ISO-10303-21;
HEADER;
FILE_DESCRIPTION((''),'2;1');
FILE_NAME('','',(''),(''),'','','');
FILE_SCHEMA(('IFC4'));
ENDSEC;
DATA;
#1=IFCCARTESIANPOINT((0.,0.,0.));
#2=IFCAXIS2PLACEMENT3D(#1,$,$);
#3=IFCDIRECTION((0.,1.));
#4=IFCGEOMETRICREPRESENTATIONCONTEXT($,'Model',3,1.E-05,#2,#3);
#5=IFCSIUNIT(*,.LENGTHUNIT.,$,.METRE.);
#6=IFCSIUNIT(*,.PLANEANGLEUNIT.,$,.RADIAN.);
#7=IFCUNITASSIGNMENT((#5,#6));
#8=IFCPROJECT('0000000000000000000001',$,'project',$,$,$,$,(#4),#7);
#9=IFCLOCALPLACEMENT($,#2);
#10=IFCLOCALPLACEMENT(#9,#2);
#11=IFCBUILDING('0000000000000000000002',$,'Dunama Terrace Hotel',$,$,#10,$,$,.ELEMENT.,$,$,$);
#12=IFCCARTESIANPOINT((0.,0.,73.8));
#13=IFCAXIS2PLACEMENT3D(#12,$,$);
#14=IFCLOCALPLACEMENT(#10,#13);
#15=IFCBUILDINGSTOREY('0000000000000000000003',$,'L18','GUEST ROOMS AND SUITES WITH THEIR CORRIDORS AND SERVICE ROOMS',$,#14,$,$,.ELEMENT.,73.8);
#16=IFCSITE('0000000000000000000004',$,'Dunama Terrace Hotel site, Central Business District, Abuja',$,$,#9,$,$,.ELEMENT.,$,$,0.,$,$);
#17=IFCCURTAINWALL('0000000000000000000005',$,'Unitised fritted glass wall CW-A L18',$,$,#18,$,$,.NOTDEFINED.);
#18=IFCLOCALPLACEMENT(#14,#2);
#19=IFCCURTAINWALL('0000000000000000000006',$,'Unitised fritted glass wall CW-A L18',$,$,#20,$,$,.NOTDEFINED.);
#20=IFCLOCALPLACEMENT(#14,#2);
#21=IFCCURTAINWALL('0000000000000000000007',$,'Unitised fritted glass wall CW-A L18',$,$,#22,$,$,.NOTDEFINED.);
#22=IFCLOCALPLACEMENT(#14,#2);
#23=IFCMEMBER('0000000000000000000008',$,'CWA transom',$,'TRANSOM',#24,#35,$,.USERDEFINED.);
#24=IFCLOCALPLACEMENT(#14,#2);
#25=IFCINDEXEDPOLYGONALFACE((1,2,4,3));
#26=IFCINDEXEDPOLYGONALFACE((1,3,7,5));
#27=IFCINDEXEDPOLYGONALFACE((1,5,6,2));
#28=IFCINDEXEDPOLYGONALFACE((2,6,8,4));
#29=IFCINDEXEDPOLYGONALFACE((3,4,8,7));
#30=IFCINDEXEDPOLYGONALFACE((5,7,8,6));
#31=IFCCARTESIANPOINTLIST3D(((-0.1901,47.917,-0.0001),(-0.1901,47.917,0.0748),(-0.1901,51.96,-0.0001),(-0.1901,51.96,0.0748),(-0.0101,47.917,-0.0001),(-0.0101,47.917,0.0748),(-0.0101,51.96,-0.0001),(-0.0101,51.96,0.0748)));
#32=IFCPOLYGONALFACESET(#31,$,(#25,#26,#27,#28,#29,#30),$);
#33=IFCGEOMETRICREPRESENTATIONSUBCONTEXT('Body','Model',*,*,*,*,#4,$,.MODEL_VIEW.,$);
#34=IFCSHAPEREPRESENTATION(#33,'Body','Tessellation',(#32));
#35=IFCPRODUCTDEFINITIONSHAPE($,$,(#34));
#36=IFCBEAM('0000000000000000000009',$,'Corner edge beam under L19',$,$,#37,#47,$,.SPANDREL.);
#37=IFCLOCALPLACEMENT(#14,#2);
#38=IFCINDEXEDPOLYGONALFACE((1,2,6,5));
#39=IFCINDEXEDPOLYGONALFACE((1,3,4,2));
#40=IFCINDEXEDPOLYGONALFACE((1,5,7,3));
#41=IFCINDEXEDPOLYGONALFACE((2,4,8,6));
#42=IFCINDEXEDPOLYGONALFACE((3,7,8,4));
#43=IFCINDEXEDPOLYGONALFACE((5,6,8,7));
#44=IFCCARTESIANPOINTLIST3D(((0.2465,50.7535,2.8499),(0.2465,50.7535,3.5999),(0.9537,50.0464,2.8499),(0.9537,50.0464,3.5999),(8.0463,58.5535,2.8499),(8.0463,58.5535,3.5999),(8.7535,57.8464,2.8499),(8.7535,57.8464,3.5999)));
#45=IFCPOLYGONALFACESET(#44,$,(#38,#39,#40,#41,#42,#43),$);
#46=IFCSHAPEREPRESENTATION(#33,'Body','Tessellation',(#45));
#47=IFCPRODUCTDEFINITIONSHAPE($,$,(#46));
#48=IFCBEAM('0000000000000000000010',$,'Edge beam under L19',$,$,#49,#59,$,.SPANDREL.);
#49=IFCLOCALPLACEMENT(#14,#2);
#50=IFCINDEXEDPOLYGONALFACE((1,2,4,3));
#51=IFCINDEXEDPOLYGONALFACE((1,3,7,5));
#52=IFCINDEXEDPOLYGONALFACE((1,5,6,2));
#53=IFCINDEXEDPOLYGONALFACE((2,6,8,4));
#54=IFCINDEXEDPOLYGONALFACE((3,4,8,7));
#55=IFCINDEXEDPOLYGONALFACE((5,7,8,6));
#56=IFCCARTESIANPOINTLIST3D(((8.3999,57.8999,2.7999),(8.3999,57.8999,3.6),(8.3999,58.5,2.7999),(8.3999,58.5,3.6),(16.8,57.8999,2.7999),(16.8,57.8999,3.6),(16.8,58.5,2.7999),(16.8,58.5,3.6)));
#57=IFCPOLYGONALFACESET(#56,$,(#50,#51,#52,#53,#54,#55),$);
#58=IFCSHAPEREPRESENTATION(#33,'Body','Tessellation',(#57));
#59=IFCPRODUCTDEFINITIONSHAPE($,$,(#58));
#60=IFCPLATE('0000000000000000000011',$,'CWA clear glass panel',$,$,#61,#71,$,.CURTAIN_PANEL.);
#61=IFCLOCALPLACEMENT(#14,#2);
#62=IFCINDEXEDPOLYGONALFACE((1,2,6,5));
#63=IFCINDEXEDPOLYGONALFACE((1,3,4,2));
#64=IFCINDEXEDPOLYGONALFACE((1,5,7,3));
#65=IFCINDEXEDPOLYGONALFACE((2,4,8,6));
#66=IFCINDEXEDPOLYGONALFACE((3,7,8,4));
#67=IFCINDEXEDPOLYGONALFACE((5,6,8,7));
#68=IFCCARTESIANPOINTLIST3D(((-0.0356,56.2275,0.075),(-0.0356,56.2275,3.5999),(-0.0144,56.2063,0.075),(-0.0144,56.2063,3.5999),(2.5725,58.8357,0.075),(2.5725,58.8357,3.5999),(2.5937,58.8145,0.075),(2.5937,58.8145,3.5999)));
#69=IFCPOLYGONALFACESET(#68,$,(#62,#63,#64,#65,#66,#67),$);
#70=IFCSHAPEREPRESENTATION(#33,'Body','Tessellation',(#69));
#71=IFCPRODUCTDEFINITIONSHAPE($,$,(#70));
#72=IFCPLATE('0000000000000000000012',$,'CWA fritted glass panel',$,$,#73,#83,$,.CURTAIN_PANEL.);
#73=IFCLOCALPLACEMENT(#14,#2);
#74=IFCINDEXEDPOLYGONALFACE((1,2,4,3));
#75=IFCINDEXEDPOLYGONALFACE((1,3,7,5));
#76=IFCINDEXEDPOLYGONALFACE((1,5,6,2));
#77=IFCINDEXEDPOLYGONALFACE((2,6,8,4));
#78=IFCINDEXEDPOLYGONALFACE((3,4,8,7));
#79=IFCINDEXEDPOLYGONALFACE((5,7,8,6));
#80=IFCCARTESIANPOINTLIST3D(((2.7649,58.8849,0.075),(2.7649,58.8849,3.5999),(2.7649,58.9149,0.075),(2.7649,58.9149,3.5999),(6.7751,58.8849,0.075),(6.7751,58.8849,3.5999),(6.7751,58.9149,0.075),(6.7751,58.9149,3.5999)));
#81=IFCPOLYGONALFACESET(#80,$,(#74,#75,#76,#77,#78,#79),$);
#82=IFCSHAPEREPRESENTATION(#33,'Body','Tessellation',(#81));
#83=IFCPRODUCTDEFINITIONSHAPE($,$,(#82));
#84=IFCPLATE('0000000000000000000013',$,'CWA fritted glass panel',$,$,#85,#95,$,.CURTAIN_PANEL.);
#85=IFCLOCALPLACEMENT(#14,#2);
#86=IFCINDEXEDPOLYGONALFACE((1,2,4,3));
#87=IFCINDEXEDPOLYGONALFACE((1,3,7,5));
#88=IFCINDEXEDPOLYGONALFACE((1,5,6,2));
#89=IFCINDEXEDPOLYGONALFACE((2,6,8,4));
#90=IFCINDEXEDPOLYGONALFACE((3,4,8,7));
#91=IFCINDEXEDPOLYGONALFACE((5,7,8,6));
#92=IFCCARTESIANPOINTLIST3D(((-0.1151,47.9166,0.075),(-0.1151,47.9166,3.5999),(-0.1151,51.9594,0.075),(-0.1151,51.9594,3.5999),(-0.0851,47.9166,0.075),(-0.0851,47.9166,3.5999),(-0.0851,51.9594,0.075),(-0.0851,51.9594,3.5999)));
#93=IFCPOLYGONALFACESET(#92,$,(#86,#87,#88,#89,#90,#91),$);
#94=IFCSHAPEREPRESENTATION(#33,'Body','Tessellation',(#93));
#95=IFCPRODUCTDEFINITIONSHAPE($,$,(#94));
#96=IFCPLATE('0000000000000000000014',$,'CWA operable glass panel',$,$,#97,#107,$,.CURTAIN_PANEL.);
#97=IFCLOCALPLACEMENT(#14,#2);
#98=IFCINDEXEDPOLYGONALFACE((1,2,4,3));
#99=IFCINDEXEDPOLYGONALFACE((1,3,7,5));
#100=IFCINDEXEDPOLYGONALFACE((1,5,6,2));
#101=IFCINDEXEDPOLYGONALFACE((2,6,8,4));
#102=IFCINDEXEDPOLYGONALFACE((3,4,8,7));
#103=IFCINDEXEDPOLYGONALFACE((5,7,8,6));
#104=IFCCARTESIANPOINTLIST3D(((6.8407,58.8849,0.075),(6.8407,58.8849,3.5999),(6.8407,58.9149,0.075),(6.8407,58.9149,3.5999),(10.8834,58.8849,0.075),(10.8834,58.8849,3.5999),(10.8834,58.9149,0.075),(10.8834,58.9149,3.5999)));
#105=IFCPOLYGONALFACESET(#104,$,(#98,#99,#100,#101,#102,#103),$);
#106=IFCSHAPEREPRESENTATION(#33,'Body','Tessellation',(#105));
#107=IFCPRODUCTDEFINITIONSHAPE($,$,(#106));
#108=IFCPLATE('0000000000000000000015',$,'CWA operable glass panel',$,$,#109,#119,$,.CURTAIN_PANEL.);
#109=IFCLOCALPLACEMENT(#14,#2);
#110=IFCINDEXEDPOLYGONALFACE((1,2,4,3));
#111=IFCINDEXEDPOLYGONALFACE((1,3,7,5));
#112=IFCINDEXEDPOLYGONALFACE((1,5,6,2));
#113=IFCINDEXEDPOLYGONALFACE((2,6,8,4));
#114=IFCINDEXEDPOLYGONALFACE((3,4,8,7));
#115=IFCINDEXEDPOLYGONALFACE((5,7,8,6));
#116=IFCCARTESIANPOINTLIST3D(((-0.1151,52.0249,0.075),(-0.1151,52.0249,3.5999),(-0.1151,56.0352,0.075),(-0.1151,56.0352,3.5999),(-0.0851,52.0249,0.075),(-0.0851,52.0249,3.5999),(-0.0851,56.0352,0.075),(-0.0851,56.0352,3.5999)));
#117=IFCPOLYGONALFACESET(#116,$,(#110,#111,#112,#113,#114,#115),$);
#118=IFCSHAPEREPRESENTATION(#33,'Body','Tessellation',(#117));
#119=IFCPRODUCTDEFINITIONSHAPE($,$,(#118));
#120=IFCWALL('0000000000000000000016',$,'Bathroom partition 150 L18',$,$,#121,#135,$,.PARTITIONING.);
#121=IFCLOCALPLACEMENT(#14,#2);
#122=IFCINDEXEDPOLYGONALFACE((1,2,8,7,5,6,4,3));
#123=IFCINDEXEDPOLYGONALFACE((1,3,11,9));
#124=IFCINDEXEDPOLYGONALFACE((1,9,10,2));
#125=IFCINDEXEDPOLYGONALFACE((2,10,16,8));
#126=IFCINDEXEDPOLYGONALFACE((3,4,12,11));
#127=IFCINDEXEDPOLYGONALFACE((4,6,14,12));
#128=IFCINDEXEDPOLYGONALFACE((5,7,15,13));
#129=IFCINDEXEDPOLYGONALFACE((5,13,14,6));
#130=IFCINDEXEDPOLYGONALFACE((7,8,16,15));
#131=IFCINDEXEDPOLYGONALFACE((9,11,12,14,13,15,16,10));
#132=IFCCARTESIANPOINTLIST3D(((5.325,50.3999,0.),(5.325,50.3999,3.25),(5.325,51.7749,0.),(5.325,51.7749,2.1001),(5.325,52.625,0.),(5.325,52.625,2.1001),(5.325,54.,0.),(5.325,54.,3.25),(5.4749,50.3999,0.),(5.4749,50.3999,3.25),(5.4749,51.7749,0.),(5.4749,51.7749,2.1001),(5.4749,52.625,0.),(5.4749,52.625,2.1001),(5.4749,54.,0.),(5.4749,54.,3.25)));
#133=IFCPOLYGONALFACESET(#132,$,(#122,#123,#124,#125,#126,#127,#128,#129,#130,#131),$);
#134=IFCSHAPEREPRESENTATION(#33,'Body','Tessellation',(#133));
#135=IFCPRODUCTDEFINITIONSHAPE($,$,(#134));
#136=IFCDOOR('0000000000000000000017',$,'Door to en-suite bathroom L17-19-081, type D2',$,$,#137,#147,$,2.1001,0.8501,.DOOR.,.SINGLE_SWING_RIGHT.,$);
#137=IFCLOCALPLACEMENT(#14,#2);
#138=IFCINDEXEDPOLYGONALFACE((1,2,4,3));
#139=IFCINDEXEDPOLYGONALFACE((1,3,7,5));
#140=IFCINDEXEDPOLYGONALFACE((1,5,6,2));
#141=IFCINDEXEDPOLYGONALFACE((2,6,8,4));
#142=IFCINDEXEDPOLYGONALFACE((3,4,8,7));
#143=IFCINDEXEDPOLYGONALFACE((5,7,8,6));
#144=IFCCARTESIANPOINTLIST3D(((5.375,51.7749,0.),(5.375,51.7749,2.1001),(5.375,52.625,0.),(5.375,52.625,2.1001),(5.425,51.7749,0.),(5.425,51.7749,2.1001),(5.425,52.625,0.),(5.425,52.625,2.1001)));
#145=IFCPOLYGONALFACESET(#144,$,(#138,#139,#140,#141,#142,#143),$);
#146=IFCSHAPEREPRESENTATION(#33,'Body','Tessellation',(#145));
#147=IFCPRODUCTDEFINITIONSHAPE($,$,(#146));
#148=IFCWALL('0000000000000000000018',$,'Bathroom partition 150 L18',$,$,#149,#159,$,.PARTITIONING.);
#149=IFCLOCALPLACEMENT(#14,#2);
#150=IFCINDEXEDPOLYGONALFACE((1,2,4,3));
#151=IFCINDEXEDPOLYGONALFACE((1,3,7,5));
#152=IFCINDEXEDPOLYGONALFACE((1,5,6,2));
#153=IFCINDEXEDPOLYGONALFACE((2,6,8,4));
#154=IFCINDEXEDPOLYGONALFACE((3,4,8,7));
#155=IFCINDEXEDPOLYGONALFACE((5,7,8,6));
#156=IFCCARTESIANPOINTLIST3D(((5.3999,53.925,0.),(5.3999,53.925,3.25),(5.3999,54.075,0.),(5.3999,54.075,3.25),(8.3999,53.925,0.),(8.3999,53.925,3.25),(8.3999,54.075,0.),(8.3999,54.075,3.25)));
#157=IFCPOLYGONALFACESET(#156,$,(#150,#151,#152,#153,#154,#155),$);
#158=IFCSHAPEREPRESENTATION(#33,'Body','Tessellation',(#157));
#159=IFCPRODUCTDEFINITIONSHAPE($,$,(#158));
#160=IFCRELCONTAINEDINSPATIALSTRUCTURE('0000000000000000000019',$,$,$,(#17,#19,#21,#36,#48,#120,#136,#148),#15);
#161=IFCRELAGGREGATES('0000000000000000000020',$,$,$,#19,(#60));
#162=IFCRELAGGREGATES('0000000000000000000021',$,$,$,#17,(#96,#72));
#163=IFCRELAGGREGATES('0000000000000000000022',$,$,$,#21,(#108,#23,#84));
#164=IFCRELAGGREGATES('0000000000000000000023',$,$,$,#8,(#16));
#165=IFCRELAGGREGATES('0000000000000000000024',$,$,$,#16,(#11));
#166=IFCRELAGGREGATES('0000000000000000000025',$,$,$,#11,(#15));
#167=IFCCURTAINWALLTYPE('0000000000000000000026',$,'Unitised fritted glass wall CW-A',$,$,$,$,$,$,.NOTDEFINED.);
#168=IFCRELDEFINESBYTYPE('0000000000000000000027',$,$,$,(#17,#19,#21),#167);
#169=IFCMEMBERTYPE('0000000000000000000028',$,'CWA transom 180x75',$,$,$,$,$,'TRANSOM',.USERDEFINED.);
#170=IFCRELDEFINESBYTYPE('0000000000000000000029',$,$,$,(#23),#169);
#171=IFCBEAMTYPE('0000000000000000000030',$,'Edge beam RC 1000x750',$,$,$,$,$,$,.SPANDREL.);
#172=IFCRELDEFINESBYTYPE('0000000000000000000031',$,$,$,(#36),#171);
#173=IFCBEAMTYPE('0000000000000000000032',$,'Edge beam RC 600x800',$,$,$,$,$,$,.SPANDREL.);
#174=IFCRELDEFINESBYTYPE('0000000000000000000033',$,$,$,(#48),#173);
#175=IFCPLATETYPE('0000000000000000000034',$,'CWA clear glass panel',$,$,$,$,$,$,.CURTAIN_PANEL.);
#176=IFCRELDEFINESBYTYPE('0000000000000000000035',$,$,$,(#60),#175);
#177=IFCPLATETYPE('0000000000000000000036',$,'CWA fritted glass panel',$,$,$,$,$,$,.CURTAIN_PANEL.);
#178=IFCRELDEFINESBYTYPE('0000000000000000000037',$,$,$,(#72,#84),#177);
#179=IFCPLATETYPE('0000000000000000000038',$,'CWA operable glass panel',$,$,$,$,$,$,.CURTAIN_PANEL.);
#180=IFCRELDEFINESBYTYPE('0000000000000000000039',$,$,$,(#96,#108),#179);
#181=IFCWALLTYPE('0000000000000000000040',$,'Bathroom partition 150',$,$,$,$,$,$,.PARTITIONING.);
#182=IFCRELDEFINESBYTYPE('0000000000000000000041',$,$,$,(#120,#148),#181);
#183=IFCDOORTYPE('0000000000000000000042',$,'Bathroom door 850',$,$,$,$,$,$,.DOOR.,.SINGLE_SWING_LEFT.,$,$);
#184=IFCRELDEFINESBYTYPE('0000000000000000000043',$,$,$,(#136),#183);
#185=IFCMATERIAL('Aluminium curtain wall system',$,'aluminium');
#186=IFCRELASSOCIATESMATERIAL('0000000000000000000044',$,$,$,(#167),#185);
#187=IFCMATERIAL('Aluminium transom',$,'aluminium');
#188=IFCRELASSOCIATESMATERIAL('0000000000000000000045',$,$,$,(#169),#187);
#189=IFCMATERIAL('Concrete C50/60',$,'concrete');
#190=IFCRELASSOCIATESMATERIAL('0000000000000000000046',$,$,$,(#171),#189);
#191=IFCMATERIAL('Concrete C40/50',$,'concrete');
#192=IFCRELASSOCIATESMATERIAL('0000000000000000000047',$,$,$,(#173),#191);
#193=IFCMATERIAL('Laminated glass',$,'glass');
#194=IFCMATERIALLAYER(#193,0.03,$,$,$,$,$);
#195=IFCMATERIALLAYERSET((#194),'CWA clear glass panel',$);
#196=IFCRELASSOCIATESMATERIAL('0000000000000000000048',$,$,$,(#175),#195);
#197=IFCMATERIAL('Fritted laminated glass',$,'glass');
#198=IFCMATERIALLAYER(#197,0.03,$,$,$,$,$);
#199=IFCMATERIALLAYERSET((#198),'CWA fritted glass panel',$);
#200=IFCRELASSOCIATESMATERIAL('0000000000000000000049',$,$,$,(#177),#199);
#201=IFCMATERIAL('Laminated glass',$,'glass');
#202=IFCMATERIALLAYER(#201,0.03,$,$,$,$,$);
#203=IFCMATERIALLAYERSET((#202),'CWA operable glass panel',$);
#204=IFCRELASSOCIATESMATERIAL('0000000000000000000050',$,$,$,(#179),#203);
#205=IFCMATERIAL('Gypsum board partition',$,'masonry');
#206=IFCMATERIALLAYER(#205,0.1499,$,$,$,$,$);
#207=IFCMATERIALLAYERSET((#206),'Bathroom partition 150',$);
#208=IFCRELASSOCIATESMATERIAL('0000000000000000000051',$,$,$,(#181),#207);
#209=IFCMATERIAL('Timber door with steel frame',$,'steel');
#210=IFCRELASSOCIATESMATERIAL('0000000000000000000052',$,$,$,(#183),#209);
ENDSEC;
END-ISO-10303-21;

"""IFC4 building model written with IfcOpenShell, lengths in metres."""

from ifc_helpers import new_model, si_unit, direction, frame, frame_2d, origin, origin_2d, place, context, subcontext, project, spatial, rectangle, extrude, material, layer, layer_set, material_profile, profile_set, type_object, element, fill, aggregate, save


model = new_model("IFC4")

# Units and contexts
model_context = context("Model", 3, precision=1e-05, world=origin(), true_north=direction((0.0, 1.0)))
body_context = subcontext(model_context, "Body", "Model", "MODEL_VIEW")
ifc_project = project(units=[si_unit("LENGTHUNIT", "METRE"), si_unit("PLANEANGLEUNIT", "RADIAN")], contexts=[model_context])

# Site, building, storey
site_placement = place(None, origin())
site = spatial("IfcSite", under=ifc_project, at=site_placement, Name="Dunama Terrace Hotel site, Central Business District, Abuja", CompositionType="ELEMENT", RefElevation=0.0)
building_placement = place(site_placement, origin())
building = spatial("IfcBuilding", under=site, at=building_placement, Name="Dunama Terrace Hotel", CompositionType="ELEMENT")
storey_placement = place(building_placement, frame((0.0, 0.0, 73.8)))
storey = spatial("IfcBuildingStorey", under=building, at=storey_placement, Name="L18", Description="GUEST ROOMS AND SUITES WITH THEIR CORRIDORS AND SERVICE ROOMS", CompositionType="ELEMENT", Elevation=73.8)

# Curtain walls
ifc_material_1 = material(Name="Aluminium curtain wall system", Category="aluminium")
curtain_wall_type = type_object("IfcCurtainWallType", Name="Unitised fritted glass wall CW-A", PredefinedType="NOTDEFINED", material=ifc_material_1)
curtain_wall_1_placement = place(storey_placement, origin())
curtain_wall_1 = element("IfcCurtainWall", 1, at=curtain_wall_1_placement, inside=storey, type_object=curtain_wall_type, Name="Unitised fritted glass wall CW-A L18", PredefinedType="NOTDEFINED")
curtain_wall_2_placement = place(storey_placement, origin())
curtain_wall_2 = element("IfcCurtainWall", 2, at=curtain_wall_2_placement, inside=storey, type_object=curtain_wall_type, Name="Unitised fritted glass wall CW-A L18", PredefinedType="NOTDEFINED")
curtain_wall_3_placement = place(storey_placement, origin())
curtain_wall_3 = element("IfcCurtainWall", 3, at=curtain_wall_3_placement, inside=storey, type_object=curtain_wall_type, Name="Unitised fritted glass wall CW-A L18", PredefinedType="NOTDEFINED")

# Member
ifc_material_2 = material(Name="Aluminium transom", Category="aluminium")
ifc_material_profile_1 = material_profile(ifc_material_2, rectangle(XDim=0.1799, YDim=0.075, at=origin_2d()), Name="CWA TRANSOM 180X75")
ifc_profile_set_1 = profile_set([ifc_material_profile_1], Name="Aluminium transom")
member_type_1 = type_object("IfcMemberType", Name="CWA transom 180x75", ElementType="TRANSOM", PredefinedType="USERDEFINED", material=ifc_profile_set_1)
member_1_placement = place(storey_placement, frame((-0.1001, 51.96, 0.0374), z_axis=(0.0, -1.0, 0.0), x_axis=(1.0, 0.0, 0.0)))
member_1 = element("IfcMember", 4, at=member_1_placement, type_object=member_type_1, Name="CWA transom", ObjectType="TRANSOM", PredefinedType="USERDEFINED", context=body_context, shape_type="SweptSolid", body=[
    extrude(rectangle(XDim=0.1799, YDim=0.075, at=origin_2d()), origin(), (0.0, 0.0, 1.0), 4.043),
])

# Beams
ifc_material_3 = material(Name="Concrete C50/60", Category="concrete")
ifc_material_profile_2 = material_profile(ifc_material_3, rectangle(XDim=1.0, YDim=0.75, at=origin_2d()), Name="RC 1000x750")
ifc_profile_set_2 = profile_set([ifc_material_profile_2], Name="Concrete C50/60")
beam_type_1 = type_object("IfcBeamType", Name="Edge beam RC 1000x750", PredefinedType="SPANDREL", material=ifc_profile_set_2)
beam_1_placement = place(storey_placement, frame((8.3999, 58.2, 3.2249), z_axis=(-0.707096, -0.707118, 0.0), x_axis=(0.707118, -0.707096, 0.0)))
element("IfcBeam", 5, at=beam_1_placement, inside=storey, type_object=beam_type_1, Name="Corner edge beam under L19", PredefinedType="SPANDREL", context=body_context, shape_type="SweptSolid", body=[
    extrude(rectangle(XDim=1.0, YDim=0.75, at=origin_2d()), origin(), (0.0, 0.0, 1.0), 11.0308),
])
ifc_material_4 = material(Name="Concrete C40/50", Category="concrete")
ifc_material_profile_3 = material_profile(ifc_material_4, rectangle(XDim=0.6001, YDim=0.8, at=origin_2d()), Name="RC 600x800")
ifc_profile_set_3 = profile_set([ifc_material_profile_3], Name="Concrete C40/50")
beam_type_2 = type_object("IfcBeamType", Name="Edge beam RC 600x800", PredefinedType="SPANDREL", material=ifc_profile_set_3)
beam_2_placement = place(storey_placement, frame((8.3999, 58.2, 3.2), z_axis=(1.0, 0.0, 0.0), x_axis=(0.0, 1.0, 0.0)))
element("IfcBeam", 6, at=beam_2_placement, inside=storey, type_object=beam_type_2, Name="Edge beam under L19", PredefinedType="SPANDREL", context=body_context, shape_type="SweptSolid", body=[
    extrude(rectangle(XDim=0.6001, YDim=0.8, at=origin_2d()), origin(), (0.0, 0.0, 1.0), 8.4001),
])

# Plates
ifc_material_5 = material(Name="Laminated glass", Category="glass")
ifc_layer_1 = layer(ifc_material_5, 0.03)
ifc_layer_set_1 = layer_set([ifc_layer_1], Name="CWA clear glass panel")
plate_type_1 = type_object("IfcPlateType", Name="CWA clear glass panel", PredefinedType="CURTAIN_PANEL", material=ifc_layer_set_1)
plate_1_placement = place(storey_placement, frame((1.2791, 57.521, 0.075), z_axis=(0.0, 0.0, 1.0), x_axis=(-0.707107, -0.707107, 0.0)))
plate_1 = element("IfcPlate", 7, at=plate_1_placement, type_object=plate_type_1, Name="CWA clear glass panel", PredefinedType="CURTAIN_PANEL", context=body_context, shape_type="SweptSolid", body=[
    extrude(rectangle(XDim=3.6885, YDim=0.03, at=origin_2d()), origin(), (0.0, 0.0, 1.0), 3.5249),
])
aggregate(curtain_wall_2, [plate_1])
ifc_material_6 = material(Name="Fritted laminated glass", Category="glass")
ifc_layer_2 = layer(ifc_material_6, 0.03)
ifc_layer_set_2 = layer_set([ifc_layer_2], Name="CWA fritted glass panel")
plate_type_2 = type_object("IfcPlateType", Name="CWA fritted glass panel", PredefinedType="CURTAIN_PANEL", material=ifc_layer_set_2)
plate_2_placement = place(storey_placement, frame((4.77, 58.8999, 0.075), z_axis=(0.0, 0.0, 1.0), x_axis=(-1.0, 0.0, 0.0)))
plate_2 = element("IfcPlate", 8, at=plate_2_placement, type_object=plate_type_2, Name="CWA fritted glass panel", PredefinedType="CURTAIN_PANEL", context=body_context, shape_type="SweptSolid", body=[
    extrude(rectangle(XDim=4.0103, YDim=0.03, at=origin_2d()), origin(), (0.0, 0.0, 1.0), 3.5249),
])
plate_3_placement = place(storey_placement, frame((-0.1001, 49.938, 0.075), z_axis=(0.0, 0.0, 1.0), x_axis=(0.0, -1.0, 0.0)))
plate_3 = element("IfcPlate", 9, at=plate_3_placement, type_object=plate_type_2, Name="CWA fritted glass panel", PredefinedType="CURTAIN_PANEL", context=body_context, shape_type="SweptSolid", body=[
    extrude(rectangle(XDim=4.0427, YDim=0.03, at=origin_2d()), origin(), (0.0, 0.0, 1.0), 3.5249),
])
ifc_material_7 = material(Name="Laminated glass", Category="glass")
ifc_layer_3 = layer(ifc_material_7, 0.03)
ifc_layer_set_3 = layer_set([ifc_layer_3], Name="CWA operable glass panel")
plate_type_3 = type_object("IfcPlateType", Name="CWA operable glass panel", PredefinedType="CURTAIN_PANEL", material=ifc_layer_set_3)
plate_4_placement = place(storey_placement, frame((8.8621, 58.8999, 0.075), z_axis=(0.0, 0.0, 1.0), x_axis=(-1.0, 0.0, 0.0)))
plate_4 = element("IfcPlate", 10, at=plate_4_placement, type_object=plate_type_3, Name="CWA operable glass panel", PredefinedType="CURTAIN_PANEL", context=body_context, shape_type="SweptSolid", body=[
    extrude(rectangle(XDim=4.0427, YDim=0.03, at=origin_2d()), origin(), (0.0, 0.0, 1.0), 3.5249),
])
aggregate(curtain_wall_1, [plate_4, plate_2])
plate_5_placement = place(storey_placement, frame((-0.1001, 54.03, 0.075), z_axis=(0.0, 0.0, 1.0), x_axis=(0.0, -1.0, 0.0)))
plate_5 = element("IfcPlate", 11, at=plate_5_placement, type_object=plate_type_3, Name="CWA operable glass panel", PredefinedType="CURTAIN_PANEL", context=body_context, shape_type="SweptSolid", body=[
    extrude(rectangle(XDim=4.0103, YDim=0.03, at=origin_2d()), origin(), (0.0, 0.0, 1.0), 3.5249),
])
aggregate(curtain_wall_3, [plate_5, member_1, plate_3])

# Wall, opening, door
ifc_material_8 = material(Name="Gypsum board partition", Category="masonry")
ifc_layer_4 = layer(ifc_material_8, 0.1499)
ifc_layer_set_4 = layer_set([ifc_layer_4], Name="Bathroom partition 150")
wall_type_1 = type_object("IfcWallType", Name="Bathroom partition 150", PredefinedType="PARTITIONING", material=ifc_layer_set_4)
wall_1_placement = place(storey_placement, frame((5.3999, 50.3999, 0.0), z_axis=(0.0, 0.0, 1.0), x_axis=(0.0, 1.0, 0.0)))
wall_1 = element("IfcWall", 12, at=wall_1_placement, inside=storey, type_object=wall_type_1, Name="Bathroom partition 150 L18", PredefinedType="PARTITIONING", context=body_context, shape_type="SweptSolid", body=[
    extrude(rectangle(XDim=3.6001, YDim=0.1499, at=frame_2d((1.8, 0.0))), origin(), (0.0, 0.0, 1.0), 3.25),
])
opening_1_placement = place(wall_1_placement, frame((1.375, 0.0, 0.0)))
opening_1 = element("IfcOpeningElement", 13, at=opening_1_placement, cuts=wall_1, PredefinedType="OPENING", context=body_context, shape_type="SweptSolid", body=[
    extrude(rectangle(XDim=0.8501, YDim=2.1001, at=frame_2d((0.425, 1.05))), frame((0.0, 0.085, 0.0), z_axis=(0.0, -1.0, 0.0), x_axis=(1.0, 0.0, 0.0)), (0.0, 0.0, 1.0), 0.1699),
])
ifc_material_9 = material(Name="Timber door with steel frame", Category="steel")
door_type_1 = type_object("IfcDoorType", Name="Bathroom door 850", OperationType="SINGLE_SWING_LEFT", PredefinedType="DOOR", material=ifc_material_9)
door_1_placement = place(opening_1_placement, frame((0.8501, 0.0, 0.0), z_axis=(0.0, 0.0, 1.0), x_axis=(-1.0, 0.0, 0.0)))
door_1 = element("IfcDoor", 14, at=door_1_placement, inside=storey, type_object=door_type_1, Name="Door to en-suite bathroom L17-19-081, type D2", OperationType="SINGLE_SWING_RIGHT", OverallHeight=2.1001, OverallWidth=0.8501, PredefinedType="DOOR", context=body_context, shape_type="SweptSolid", body=[
    extrude(rectangle(XDim=0.8501, YDim=2.1001, at=frame_2d((0.425, 1.05))), frame((0.0, 0.0251, 0.0), z_axis=(0.0, -1.0, 0.0), x_axis=(1.0, 0.0, 0.0)), (0.0, 0.0, 1.0), 0.05),
])
fill(opening_1, door_1)

# Wall
wall_2_placement = place(storey_placement, frame((5.3999, 54.0, 0.0), z_axis=(0.0, 0.0, 1.0), x_axis=(1.0, 0.0, 0.0)))
element("IfcWall", 15, at=wall_2_placement, inside=storey, type_object=wall_type_1, Name="Bathroom partition 150 L18", PredefinedType="PARTITIONING", context=body_context, shape_type="SweptSolid", body=[
    extrude(rectangle(XDim=3.0, YDim=0.1499, at=frame_2d((1.5, 0.0))), origin(), (0.0, 0.0, 1.0), 3.25),
])

save(model, "model.ifc")
